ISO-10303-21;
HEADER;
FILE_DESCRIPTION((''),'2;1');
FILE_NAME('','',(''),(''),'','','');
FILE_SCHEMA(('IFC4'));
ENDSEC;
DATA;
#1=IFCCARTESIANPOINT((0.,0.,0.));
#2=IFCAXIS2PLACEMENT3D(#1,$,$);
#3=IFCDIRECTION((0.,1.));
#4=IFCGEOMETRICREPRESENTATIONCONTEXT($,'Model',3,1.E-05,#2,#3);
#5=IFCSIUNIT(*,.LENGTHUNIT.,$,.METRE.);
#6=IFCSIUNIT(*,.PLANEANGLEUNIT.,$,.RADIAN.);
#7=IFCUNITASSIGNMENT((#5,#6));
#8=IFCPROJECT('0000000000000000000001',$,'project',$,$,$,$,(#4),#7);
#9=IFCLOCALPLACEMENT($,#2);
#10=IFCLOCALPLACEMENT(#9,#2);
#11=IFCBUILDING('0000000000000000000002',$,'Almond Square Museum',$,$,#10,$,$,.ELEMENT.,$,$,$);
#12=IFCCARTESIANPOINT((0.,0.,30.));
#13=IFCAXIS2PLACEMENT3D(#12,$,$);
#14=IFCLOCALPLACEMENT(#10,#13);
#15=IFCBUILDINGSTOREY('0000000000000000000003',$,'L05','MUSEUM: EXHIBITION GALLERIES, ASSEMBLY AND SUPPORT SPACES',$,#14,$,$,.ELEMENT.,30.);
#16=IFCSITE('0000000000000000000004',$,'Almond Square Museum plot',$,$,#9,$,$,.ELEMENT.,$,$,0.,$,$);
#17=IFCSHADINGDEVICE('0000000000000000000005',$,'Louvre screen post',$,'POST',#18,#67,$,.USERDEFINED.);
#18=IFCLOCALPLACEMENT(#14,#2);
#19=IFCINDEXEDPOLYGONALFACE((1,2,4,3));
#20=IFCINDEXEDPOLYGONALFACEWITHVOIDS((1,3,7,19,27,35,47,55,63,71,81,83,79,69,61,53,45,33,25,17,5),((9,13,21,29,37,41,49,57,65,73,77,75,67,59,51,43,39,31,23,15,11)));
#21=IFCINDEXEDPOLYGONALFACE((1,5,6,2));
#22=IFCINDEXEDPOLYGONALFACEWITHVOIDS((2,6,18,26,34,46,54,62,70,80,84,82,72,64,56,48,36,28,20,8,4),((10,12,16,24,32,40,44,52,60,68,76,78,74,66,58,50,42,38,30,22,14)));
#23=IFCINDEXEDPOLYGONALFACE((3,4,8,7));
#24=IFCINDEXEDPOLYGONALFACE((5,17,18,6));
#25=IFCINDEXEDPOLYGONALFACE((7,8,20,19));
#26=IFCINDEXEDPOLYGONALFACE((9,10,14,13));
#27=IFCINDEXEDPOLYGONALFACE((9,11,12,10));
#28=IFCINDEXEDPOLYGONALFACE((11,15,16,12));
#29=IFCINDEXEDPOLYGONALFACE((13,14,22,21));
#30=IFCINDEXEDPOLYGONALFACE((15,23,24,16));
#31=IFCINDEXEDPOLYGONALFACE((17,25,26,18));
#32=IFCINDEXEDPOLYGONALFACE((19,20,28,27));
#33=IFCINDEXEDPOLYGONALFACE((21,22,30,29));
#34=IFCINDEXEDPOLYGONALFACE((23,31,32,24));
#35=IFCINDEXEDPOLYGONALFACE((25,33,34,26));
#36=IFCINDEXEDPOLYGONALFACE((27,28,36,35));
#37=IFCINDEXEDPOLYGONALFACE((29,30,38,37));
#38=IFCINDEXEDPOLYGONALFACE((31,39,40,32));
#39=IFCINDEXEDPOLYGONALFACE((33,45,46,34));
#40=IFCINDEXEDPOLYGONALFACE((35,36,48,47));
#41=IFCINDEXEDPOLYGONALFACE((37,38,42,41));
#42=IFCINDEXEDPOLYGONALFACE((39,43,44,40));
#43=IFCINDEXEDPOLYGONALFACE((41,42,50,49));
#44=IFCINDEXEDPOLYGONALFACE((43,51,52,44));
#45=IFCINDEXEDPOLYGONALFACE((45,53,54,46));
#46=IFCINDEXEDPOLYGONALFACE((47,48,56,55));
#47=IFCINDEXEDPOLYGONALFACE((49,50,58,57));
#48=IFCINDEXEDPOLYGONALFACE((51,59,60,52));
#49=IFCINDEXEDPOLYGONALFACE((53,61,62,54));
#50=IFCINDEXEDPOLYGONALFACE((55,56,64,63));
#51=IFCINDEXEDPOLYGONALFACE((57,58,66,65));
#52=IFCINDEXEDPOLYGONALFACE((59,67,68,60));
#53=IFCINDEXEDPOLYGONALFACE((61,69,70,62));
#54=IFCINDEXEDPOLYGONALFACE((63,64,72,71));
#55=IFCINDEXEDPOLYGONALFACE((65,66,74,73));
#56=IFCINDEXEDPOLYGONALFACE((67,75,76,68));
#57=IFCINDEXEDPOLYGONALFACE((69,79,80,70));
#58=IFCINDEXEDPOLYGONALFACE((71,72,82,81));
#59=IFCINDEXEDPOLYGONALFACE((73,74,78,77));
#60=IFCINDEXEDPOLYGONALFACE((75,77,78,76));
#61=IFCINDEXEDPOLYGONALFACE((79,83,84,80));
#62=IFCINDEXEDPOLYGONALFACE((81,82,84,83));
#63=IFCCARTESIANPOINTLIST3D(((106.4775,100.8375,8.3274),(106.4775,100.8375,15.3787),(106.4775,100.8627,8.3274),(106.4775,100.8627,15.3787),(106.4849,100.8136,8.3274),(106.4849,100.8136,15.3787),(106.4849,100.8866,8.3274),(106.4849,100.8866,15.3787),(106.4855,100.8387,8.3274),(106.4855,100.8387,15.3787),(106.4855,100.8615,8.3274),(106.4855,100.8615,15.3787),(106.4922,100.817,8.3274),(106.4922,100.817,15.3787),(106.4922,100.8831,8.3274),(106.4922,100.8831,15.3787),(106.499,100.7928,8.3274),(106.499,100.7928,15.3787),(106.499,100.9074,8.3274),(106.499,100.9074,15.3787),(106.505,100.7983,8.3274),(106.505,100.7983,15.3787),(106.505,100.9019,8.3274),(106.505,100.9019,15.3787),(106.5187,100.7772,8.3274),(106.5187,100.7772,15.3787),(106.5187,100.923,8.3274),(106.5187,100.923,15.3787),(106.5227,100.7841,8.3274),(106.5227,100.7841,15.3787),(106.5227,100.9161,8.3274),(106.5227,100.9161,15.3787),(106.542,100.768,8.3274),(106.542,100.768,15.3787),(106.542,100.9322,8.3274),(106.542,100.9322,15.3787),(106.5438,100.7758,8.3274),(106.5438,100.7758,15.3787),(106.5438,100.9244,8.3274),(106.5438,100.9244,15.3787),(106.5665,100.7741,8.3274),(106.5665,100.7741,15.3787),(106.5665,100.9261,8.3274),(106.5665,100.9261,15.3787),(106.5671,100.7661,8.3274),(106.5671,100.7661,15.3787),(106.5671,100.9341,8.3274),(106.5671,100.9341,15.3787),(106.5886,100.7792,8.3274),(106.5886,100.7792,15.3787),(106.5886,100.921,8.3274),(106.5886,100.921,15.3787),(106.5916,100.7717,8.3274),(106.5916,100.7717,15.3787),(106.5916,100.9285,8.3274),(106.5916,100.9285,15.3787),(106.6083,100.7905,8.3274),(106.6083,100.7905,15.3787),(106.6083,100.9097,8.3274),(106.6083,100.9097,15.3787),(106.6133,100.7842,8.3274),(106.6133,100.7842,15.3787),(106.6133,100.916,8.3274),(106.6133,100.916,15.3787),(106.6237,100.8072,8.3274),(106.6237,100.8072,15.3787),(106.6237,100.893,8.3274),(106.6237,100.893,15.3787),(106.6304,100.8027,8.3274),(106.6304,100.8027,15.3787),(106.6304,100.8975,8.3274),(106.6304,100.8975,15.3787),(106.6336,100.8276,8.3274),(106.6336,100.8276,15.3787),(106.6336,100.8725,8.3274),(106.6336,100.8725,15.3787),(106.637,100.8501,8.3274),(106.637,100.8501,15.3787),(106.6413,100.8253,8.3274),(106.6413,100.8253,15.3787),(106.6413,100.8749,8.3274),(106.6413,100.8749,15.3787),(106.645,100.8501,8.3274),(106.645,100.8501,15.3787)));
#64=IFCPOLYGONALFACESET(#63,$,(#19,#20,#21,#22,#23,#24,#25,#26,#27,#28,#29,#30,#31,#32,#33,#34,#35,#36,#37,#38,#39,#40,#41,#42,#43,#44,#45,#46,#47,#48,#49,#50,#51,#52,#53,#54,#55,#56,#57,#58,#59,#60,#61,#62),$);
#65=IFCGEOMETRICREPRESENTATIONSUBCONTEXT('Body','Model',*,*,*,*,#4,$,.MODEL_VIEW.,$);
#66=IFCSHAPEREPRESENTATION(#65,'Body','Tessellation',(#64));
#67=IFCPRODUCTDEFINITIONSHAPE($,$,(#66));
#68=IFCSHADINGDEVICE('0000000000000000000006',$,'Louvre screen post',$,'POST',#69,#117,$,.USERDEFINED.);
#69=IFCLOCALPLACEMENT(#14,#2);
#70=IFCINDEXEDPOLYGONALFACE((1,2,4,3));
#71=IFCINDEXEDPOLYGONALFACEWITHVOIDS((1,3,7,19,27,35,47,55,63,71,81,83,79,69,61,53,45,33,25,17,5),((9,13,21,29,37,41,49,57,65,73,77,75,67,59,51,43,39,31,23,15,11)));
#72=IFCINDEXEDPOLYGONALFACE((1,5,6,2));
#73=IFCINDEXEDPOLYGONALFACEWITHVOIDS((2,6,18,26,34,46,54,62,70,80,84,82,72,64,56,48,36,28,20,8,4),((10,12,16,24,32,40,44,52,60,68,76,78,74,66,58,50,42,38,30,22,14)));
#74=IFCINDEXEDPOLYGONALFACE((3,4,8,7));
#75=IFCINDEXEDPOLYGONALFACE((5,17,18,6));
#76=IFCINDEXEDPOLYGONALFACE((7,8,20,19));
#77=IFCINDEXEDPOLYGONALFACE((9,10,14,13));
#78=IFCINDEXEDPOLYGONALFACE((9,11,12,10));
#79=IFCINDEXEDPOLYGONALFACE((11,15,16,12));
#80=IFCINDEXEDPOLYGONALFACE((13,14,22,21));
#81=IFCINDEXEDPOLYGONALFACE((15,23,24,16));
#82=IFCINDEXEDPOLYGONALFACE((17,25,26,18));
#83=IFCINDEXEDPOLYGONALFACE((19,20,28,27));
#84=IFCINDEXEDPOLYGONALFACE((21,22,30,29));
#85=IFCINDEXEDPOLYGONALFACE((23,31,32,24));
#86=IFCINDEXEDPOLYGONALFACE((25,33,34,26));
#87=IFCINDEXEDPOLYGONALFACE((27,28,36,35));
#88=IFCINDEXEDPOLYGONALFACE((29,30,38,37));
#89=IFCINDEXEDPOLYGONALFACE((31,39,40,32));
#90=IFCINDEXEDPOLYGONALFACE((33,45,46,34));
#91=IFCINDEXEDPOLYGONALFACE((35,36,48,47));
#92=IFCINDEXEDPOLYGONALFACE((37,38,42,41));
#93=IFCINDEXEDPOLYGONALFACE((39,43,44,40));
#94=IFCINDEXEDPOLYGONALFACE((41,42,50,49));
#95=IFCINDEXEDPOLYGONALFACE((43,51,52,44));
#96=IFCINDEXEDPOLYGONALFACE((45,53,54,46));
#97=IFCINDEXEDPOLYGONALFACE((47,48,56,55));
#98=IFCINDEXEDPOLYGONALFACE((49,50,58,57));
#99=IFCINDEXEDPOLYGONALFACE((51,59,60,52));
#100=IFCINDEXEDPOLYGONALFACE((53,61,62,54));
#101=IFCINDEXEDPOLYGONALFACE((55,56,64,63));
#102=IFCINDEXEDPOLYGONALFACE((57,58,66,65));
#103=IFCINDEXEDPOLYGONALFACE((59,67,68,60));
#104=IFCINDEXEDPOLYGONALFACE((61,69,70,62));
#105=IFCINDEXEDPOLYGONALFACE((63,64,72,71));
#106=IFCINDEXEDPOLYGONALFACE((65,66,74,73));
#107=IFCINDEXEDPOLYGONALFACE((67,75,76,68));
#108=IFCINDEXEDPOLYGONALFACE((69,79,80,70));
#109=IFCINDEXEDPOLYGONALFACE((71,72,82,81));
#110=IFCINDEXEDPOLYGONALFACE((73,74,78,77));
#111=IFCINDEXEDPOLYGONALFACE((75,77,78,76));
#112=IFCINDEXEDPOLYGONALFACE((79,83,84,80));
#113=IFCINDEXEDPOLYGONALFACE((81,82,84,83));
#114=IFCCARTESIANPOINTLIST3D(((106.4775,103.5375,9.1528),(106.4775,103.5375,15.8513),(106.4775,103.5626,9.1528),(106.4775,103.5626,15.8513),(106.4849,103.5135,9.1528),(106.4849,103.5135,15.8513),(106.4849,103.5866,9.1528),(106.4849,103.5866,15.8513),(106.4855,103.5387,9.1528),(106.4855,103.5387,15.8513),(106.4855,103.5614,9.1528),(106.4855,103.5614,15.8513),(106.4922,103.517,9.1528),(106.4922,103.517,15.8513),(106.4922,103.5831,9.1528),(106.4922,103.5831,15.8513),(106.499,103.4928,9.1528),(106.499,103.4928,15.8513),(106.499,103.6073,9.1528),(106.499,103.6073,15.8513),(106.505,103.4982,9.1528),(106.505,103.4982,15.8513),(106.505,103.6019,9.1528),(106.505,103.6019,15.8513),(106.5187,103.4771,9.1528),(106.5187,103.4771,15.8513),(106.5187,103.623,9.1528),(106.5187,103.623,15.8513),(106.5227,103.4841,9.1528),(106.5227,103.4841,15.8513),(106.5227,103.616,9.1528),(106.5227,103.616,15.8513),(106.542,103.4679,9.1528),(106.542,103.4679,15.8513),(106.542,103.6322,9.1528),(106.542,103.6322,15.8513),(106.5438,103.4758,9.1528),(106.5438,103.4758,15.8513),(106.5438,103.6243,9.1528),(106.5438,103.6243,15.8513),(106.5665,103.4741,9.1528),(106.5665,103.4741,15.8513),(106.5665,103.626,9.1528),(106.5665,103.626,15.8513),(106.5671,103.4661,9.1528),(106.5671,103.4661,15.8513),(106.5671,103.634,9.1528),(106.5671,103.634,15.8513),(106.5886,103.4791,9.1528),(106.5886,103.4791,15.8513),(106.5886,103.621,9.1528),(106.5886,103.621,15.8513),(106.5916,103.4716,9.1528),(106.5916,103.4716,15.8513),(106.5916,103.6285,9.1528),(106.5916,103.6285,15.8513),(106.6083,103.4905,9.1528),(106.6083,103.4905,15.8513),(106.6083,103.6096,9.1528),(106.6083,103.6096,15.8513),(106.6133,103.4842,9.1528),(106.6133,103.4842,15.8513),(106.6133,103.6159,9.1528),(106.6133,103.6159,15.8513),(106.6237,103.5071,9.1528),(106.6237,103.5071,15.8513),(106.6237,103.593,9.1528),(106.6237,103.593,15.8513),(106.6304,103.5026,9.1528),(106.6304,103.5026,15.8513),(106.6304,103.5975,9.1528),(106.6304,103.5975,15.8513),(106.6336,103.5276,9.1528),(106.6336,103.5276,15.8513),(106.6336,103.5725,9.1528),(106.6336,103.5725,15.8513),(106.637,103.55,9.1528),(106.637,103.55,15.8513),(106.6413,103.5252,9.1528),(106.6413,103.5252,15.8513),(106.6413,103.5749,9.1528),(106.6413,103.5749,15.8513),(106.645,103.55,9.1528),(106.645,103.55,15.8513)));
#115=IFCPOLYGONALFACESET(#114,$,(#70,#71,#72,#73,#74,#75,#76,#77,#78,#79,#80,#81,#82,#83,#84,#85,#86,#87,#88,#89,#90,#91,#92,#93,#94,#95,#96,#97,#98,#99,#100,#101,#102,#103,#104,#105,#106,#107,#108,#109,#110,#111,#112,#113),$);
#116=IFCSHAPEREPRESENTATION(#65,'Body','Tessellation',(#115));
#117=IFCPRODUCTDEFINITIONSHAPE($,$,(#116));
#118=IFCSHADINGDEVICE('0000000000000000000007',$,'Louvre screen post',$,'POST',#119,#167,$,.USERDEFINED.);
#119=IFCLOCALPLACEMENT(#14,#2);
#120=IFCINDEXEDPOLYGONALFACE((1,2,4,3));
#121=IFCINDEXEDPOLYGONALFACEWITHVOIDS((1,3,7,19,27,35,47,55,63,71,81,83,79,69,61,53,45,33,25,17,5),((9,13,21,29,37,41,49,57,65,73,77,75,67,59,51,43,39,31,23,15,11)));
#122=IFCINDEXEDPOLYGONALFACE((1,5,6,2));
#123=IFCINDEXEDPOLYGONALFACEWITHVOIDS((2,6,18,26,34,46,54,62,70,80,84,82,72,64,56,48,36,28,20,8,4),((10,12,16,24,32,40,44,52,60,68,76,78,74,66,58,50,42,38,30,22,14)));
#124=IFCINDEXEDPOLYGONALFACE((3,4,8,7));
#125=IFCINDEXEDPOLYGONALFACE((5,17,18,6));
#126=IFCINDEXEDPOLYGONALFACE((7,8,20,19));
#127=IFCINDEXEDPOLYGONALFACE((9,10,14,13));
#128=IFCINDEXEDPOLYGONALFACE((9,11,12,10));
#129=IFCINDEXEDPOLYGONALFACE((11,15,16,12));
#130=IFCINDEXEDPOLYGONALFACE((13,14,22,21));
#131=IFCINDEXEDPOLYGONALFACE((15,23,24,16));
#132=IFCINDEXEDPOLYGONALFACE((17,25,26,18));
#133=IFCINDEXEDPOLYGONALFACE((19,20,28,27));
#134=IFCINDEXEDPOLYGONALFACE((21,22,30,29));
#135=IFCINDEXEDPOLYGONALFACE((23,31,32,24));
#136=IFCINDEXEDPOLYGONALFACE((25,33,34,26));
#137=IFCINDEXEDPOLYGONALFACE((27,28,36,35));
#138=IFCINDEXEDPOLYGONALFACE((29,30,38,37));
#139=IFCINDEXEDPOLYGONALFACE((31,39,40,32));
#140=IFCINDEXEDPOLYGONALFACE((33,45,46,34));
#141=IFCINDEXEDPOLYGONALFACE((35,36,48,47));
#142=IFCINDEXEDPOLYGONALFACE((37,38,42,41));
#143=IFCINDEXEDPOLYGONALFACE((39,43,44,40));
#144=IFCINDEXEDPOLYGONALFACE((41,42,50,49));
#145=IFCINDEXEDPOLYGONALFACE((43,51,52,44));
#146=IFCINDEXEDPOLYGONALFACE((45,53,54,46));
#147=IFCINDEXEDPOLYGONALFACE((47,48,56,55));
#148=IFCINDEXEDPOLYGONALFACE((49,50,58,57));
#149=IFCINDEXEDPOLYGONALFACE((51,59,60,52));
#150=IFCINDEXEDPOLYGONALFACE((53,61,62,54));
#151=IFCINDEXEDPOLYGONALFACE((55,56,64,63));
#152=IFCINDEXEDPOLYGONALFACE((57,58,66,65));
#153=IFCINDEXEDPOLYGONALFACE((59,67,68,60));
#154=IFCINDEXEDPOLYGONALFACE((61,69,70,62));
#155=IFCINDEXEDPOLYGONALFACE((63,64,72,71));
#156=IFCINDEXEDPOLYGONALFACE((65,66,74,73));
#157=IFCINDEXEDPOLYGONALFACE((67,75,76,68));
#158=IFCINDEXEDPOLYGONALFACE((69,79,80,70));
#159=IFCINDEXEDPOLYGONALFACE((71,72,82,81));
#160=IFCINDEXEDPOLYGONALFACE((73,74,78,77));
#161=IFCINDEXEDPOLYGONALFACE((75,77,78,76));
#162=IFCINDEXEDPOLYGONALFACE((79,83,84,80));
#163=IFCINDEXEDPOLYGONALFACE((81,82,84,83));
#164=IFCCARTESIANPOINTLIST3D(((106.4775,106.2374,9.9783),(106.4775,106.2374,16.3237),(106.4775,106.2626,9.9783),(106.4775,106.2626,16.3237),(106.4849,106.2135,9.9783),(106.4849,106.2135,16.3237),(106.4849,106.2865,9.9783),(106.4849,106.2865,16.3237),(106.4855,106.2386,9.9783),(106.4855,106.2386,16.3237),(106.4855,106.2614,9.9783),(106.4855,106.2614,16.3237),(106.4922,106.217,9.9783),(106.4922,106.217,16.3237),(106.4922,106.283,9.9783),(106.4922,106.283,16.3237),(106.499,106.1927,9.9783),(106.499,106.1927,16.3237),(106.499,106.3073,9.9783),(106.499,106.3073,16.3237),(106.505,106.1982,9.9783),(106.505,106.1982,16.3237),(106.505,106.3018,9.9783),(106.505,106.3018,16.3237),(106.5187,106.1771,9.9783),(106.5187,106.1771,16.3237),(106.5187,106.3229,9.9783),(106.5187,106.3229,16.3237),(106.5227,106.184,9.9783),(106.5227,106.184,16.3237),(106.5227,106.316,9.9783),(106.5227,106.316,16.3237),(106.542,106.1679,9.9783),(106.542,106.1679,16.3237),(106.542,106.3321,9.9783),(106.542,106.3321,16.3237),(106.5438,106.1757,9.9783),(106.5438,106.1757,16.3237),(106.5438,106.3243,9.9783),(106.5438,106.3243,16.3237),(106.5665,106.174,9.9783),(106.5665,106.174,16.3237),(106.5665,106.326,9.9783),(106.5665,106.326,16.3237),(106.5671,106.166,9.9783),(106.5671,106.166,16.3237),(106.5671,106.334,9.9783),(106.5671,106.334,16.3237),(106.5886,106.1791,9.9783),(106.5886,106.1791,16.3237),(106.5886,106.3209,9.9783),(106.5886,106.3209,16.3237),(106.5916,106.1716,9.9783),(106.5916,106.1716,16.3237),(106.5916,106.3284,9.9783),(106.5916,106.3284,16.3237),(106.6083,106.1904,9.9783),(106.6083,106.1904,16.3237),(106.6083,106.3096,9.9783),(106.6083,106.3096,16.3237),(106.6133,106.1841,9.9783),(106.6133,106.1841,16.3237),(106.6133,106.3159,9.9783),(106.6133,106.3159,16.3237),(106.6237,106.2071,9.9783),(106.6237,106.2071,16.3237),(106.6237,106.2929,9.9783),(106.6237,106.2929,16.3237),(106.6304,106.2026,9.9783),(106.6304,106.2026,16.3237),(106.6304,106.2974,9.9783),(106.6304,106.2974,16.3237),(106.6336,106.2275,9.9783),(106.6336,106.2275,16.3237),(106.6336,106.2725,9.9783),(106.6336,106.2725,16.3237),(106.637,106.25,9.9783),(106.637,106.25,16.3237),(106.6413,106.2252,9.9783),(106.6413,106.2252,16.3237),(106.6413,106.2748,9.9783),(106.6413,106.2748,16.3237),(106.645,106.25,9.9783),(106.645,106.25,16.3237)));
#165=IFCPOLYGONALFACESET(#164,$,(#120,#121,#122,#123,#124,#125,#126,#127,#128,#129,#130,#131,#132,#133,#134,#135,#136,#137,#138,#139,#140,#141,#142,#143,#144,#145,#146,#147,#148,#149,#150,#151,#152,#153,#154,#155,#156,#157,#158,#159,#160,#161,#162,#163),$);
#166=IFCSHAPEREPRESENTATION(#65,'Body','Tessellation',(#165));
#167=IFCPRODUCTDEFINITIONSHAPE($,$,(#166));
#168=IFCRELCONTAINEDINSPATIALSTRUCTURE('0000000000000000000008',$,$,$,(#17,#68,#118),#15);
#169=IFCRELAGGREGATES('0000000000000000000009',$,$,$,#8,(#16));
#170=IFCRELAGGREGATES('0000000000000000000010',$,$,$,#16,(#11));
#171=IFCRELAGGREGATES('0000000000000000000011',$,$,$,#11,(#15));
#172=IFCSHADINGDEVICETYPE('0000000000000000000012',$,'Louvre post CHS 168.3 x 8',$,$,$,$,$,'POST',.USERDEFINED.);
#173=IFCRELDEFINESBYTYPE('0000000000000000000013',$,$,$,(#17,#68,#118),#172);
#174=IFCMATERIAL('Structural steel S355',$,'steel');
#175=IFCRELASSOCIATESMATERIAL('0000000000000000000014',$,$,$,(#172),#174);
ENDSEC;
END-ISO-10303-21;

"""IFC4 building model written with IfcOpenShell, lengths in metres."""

from ifc_helpers import new_model, si_unit, direction, frame, origin, origin_2d, place, context, subcontext, project, spatial, hollow_circle, extrude, material, material_profile, profile_set, type_object, element, save


model = new_model("IFC4")

# Units and contexts
model_context = context("Model", 3, precision=1e-05, world=origin(), true_north=direction((0.0, 1.0)))
body_context = subcontext(model_context, "Body", "Model", "MODEL_VIEW")
ifc_project = project(units=[si_unit("LENGTHUNIT", "METRE"), si_unit("PLANEANGLEUNIT", "RADIAN")], contexts=[model_context])

# Site, building, storey
site_placement = place(None, origin())
site = spatial("IfcSite", under=ifc_project, at=site_placement, Name="Almond Square Museum plot", CompositionType="ELEMENT", RefElevation=0.0)
building_placement = place(site_placement, origin())
building = spatial("IfcBuilding", under=site, at=building_placement, Name="Almond Square Museum", CompositionType="ELEMENT")
storey_placement = place(building_placement, frame((0.0, 0.0, 30.0)))
storey = spatial("IfcBuildingStorey", under=building, at=storey_placement, Name="L05", Description="MUSEUM: EXHIBITION GALLERIES, ASSEMBLY AND SUPPORT SPACES", CompositionType="ELEMENT", Elevation=30.0)

# Shading devices
ifc_material_1 = material(Name="Structural steel S355", Category="steel")
ifc_material_profile_1 = material_profile(ifc_material_1, hollow_circle(Radius=0.0842, WallThickness=0.0081, at=origin_2d()))
ifc_profile_set_1 = profile_set([ifc_material_profile_1], Name="Structural steel S355")
shading_device_type = type_object("IfcShadingDeviceType", Name="Louvre post CHS 168.3 x 8", ElementType="POST", PredefinedType="USERDEFINED", material=ifc_profile_set_1)
shading_device_1_placement = place(storey_placement, frame((106.5608, 100.8501, 8.3274), z_axis=(0.0, 0.0, 1.0), x_axis=(1.0, 0.0, 0.0)))
element("IfcShadingDevice", 1, at=shading_device_1_placement, inside=storey, type_object=shading_device_type, Name="Louvre screen post", ObjectType="POST", PredefinedType="USERDEFINED", context=body_context, shape_type="SweptSolid", body=[
    extrude(hollow_circle(Radius=0.0842, WallThickness=0.0081, at=origin_2d()), origin(), (0.0, 0.0, 1.0), 7.0513),
])
shading_device_2_placement = place(storey_placement, frame((106.5608, 103.55, 9.1528), z_axis=(0.0, 0.0, 1.0), x_axis=(1.0, 0.0, 0.0)))
element("IfcShadingDevice", 2, at=shading_device_2_placement, inside=storey, type_object=shading_device_type, Name="Louvre screen post", ObjectType="POST", PredefinedType="USERDEFINED", context=body_context, shape_type="SweptSolid", body=[
    extrude(hollow_circle(Radius=0.0842, WallThickness=0.0081, at=origin_2d()), origin(), (0.0, 0.0, 1.0), 6.6985),
])
shading_device_3_placement = place(storey_placement, frame((106.5608, 106.25, 9.9783), z_axis=(0.0, 0.0, 1.0), x_axis=(1.0, 0.0, 0.0)))
element("IfcShadingDevice", 3, at=shading_device_3_placement, inside=storey, type_object=shading_device_type, Name="Louvre screen post", ObjectType="POST", PredefinedType="USERDEFINED", context=body_context, shape_type="SweptSolid", body=[
    extrude(hollow_circle(Radius=0.0842, WallThickness=0.0081, at=origin_2d()), origin(), (0.0, 0.0, 1.0), 6.3455),
])

save(model, "model.ifc")
